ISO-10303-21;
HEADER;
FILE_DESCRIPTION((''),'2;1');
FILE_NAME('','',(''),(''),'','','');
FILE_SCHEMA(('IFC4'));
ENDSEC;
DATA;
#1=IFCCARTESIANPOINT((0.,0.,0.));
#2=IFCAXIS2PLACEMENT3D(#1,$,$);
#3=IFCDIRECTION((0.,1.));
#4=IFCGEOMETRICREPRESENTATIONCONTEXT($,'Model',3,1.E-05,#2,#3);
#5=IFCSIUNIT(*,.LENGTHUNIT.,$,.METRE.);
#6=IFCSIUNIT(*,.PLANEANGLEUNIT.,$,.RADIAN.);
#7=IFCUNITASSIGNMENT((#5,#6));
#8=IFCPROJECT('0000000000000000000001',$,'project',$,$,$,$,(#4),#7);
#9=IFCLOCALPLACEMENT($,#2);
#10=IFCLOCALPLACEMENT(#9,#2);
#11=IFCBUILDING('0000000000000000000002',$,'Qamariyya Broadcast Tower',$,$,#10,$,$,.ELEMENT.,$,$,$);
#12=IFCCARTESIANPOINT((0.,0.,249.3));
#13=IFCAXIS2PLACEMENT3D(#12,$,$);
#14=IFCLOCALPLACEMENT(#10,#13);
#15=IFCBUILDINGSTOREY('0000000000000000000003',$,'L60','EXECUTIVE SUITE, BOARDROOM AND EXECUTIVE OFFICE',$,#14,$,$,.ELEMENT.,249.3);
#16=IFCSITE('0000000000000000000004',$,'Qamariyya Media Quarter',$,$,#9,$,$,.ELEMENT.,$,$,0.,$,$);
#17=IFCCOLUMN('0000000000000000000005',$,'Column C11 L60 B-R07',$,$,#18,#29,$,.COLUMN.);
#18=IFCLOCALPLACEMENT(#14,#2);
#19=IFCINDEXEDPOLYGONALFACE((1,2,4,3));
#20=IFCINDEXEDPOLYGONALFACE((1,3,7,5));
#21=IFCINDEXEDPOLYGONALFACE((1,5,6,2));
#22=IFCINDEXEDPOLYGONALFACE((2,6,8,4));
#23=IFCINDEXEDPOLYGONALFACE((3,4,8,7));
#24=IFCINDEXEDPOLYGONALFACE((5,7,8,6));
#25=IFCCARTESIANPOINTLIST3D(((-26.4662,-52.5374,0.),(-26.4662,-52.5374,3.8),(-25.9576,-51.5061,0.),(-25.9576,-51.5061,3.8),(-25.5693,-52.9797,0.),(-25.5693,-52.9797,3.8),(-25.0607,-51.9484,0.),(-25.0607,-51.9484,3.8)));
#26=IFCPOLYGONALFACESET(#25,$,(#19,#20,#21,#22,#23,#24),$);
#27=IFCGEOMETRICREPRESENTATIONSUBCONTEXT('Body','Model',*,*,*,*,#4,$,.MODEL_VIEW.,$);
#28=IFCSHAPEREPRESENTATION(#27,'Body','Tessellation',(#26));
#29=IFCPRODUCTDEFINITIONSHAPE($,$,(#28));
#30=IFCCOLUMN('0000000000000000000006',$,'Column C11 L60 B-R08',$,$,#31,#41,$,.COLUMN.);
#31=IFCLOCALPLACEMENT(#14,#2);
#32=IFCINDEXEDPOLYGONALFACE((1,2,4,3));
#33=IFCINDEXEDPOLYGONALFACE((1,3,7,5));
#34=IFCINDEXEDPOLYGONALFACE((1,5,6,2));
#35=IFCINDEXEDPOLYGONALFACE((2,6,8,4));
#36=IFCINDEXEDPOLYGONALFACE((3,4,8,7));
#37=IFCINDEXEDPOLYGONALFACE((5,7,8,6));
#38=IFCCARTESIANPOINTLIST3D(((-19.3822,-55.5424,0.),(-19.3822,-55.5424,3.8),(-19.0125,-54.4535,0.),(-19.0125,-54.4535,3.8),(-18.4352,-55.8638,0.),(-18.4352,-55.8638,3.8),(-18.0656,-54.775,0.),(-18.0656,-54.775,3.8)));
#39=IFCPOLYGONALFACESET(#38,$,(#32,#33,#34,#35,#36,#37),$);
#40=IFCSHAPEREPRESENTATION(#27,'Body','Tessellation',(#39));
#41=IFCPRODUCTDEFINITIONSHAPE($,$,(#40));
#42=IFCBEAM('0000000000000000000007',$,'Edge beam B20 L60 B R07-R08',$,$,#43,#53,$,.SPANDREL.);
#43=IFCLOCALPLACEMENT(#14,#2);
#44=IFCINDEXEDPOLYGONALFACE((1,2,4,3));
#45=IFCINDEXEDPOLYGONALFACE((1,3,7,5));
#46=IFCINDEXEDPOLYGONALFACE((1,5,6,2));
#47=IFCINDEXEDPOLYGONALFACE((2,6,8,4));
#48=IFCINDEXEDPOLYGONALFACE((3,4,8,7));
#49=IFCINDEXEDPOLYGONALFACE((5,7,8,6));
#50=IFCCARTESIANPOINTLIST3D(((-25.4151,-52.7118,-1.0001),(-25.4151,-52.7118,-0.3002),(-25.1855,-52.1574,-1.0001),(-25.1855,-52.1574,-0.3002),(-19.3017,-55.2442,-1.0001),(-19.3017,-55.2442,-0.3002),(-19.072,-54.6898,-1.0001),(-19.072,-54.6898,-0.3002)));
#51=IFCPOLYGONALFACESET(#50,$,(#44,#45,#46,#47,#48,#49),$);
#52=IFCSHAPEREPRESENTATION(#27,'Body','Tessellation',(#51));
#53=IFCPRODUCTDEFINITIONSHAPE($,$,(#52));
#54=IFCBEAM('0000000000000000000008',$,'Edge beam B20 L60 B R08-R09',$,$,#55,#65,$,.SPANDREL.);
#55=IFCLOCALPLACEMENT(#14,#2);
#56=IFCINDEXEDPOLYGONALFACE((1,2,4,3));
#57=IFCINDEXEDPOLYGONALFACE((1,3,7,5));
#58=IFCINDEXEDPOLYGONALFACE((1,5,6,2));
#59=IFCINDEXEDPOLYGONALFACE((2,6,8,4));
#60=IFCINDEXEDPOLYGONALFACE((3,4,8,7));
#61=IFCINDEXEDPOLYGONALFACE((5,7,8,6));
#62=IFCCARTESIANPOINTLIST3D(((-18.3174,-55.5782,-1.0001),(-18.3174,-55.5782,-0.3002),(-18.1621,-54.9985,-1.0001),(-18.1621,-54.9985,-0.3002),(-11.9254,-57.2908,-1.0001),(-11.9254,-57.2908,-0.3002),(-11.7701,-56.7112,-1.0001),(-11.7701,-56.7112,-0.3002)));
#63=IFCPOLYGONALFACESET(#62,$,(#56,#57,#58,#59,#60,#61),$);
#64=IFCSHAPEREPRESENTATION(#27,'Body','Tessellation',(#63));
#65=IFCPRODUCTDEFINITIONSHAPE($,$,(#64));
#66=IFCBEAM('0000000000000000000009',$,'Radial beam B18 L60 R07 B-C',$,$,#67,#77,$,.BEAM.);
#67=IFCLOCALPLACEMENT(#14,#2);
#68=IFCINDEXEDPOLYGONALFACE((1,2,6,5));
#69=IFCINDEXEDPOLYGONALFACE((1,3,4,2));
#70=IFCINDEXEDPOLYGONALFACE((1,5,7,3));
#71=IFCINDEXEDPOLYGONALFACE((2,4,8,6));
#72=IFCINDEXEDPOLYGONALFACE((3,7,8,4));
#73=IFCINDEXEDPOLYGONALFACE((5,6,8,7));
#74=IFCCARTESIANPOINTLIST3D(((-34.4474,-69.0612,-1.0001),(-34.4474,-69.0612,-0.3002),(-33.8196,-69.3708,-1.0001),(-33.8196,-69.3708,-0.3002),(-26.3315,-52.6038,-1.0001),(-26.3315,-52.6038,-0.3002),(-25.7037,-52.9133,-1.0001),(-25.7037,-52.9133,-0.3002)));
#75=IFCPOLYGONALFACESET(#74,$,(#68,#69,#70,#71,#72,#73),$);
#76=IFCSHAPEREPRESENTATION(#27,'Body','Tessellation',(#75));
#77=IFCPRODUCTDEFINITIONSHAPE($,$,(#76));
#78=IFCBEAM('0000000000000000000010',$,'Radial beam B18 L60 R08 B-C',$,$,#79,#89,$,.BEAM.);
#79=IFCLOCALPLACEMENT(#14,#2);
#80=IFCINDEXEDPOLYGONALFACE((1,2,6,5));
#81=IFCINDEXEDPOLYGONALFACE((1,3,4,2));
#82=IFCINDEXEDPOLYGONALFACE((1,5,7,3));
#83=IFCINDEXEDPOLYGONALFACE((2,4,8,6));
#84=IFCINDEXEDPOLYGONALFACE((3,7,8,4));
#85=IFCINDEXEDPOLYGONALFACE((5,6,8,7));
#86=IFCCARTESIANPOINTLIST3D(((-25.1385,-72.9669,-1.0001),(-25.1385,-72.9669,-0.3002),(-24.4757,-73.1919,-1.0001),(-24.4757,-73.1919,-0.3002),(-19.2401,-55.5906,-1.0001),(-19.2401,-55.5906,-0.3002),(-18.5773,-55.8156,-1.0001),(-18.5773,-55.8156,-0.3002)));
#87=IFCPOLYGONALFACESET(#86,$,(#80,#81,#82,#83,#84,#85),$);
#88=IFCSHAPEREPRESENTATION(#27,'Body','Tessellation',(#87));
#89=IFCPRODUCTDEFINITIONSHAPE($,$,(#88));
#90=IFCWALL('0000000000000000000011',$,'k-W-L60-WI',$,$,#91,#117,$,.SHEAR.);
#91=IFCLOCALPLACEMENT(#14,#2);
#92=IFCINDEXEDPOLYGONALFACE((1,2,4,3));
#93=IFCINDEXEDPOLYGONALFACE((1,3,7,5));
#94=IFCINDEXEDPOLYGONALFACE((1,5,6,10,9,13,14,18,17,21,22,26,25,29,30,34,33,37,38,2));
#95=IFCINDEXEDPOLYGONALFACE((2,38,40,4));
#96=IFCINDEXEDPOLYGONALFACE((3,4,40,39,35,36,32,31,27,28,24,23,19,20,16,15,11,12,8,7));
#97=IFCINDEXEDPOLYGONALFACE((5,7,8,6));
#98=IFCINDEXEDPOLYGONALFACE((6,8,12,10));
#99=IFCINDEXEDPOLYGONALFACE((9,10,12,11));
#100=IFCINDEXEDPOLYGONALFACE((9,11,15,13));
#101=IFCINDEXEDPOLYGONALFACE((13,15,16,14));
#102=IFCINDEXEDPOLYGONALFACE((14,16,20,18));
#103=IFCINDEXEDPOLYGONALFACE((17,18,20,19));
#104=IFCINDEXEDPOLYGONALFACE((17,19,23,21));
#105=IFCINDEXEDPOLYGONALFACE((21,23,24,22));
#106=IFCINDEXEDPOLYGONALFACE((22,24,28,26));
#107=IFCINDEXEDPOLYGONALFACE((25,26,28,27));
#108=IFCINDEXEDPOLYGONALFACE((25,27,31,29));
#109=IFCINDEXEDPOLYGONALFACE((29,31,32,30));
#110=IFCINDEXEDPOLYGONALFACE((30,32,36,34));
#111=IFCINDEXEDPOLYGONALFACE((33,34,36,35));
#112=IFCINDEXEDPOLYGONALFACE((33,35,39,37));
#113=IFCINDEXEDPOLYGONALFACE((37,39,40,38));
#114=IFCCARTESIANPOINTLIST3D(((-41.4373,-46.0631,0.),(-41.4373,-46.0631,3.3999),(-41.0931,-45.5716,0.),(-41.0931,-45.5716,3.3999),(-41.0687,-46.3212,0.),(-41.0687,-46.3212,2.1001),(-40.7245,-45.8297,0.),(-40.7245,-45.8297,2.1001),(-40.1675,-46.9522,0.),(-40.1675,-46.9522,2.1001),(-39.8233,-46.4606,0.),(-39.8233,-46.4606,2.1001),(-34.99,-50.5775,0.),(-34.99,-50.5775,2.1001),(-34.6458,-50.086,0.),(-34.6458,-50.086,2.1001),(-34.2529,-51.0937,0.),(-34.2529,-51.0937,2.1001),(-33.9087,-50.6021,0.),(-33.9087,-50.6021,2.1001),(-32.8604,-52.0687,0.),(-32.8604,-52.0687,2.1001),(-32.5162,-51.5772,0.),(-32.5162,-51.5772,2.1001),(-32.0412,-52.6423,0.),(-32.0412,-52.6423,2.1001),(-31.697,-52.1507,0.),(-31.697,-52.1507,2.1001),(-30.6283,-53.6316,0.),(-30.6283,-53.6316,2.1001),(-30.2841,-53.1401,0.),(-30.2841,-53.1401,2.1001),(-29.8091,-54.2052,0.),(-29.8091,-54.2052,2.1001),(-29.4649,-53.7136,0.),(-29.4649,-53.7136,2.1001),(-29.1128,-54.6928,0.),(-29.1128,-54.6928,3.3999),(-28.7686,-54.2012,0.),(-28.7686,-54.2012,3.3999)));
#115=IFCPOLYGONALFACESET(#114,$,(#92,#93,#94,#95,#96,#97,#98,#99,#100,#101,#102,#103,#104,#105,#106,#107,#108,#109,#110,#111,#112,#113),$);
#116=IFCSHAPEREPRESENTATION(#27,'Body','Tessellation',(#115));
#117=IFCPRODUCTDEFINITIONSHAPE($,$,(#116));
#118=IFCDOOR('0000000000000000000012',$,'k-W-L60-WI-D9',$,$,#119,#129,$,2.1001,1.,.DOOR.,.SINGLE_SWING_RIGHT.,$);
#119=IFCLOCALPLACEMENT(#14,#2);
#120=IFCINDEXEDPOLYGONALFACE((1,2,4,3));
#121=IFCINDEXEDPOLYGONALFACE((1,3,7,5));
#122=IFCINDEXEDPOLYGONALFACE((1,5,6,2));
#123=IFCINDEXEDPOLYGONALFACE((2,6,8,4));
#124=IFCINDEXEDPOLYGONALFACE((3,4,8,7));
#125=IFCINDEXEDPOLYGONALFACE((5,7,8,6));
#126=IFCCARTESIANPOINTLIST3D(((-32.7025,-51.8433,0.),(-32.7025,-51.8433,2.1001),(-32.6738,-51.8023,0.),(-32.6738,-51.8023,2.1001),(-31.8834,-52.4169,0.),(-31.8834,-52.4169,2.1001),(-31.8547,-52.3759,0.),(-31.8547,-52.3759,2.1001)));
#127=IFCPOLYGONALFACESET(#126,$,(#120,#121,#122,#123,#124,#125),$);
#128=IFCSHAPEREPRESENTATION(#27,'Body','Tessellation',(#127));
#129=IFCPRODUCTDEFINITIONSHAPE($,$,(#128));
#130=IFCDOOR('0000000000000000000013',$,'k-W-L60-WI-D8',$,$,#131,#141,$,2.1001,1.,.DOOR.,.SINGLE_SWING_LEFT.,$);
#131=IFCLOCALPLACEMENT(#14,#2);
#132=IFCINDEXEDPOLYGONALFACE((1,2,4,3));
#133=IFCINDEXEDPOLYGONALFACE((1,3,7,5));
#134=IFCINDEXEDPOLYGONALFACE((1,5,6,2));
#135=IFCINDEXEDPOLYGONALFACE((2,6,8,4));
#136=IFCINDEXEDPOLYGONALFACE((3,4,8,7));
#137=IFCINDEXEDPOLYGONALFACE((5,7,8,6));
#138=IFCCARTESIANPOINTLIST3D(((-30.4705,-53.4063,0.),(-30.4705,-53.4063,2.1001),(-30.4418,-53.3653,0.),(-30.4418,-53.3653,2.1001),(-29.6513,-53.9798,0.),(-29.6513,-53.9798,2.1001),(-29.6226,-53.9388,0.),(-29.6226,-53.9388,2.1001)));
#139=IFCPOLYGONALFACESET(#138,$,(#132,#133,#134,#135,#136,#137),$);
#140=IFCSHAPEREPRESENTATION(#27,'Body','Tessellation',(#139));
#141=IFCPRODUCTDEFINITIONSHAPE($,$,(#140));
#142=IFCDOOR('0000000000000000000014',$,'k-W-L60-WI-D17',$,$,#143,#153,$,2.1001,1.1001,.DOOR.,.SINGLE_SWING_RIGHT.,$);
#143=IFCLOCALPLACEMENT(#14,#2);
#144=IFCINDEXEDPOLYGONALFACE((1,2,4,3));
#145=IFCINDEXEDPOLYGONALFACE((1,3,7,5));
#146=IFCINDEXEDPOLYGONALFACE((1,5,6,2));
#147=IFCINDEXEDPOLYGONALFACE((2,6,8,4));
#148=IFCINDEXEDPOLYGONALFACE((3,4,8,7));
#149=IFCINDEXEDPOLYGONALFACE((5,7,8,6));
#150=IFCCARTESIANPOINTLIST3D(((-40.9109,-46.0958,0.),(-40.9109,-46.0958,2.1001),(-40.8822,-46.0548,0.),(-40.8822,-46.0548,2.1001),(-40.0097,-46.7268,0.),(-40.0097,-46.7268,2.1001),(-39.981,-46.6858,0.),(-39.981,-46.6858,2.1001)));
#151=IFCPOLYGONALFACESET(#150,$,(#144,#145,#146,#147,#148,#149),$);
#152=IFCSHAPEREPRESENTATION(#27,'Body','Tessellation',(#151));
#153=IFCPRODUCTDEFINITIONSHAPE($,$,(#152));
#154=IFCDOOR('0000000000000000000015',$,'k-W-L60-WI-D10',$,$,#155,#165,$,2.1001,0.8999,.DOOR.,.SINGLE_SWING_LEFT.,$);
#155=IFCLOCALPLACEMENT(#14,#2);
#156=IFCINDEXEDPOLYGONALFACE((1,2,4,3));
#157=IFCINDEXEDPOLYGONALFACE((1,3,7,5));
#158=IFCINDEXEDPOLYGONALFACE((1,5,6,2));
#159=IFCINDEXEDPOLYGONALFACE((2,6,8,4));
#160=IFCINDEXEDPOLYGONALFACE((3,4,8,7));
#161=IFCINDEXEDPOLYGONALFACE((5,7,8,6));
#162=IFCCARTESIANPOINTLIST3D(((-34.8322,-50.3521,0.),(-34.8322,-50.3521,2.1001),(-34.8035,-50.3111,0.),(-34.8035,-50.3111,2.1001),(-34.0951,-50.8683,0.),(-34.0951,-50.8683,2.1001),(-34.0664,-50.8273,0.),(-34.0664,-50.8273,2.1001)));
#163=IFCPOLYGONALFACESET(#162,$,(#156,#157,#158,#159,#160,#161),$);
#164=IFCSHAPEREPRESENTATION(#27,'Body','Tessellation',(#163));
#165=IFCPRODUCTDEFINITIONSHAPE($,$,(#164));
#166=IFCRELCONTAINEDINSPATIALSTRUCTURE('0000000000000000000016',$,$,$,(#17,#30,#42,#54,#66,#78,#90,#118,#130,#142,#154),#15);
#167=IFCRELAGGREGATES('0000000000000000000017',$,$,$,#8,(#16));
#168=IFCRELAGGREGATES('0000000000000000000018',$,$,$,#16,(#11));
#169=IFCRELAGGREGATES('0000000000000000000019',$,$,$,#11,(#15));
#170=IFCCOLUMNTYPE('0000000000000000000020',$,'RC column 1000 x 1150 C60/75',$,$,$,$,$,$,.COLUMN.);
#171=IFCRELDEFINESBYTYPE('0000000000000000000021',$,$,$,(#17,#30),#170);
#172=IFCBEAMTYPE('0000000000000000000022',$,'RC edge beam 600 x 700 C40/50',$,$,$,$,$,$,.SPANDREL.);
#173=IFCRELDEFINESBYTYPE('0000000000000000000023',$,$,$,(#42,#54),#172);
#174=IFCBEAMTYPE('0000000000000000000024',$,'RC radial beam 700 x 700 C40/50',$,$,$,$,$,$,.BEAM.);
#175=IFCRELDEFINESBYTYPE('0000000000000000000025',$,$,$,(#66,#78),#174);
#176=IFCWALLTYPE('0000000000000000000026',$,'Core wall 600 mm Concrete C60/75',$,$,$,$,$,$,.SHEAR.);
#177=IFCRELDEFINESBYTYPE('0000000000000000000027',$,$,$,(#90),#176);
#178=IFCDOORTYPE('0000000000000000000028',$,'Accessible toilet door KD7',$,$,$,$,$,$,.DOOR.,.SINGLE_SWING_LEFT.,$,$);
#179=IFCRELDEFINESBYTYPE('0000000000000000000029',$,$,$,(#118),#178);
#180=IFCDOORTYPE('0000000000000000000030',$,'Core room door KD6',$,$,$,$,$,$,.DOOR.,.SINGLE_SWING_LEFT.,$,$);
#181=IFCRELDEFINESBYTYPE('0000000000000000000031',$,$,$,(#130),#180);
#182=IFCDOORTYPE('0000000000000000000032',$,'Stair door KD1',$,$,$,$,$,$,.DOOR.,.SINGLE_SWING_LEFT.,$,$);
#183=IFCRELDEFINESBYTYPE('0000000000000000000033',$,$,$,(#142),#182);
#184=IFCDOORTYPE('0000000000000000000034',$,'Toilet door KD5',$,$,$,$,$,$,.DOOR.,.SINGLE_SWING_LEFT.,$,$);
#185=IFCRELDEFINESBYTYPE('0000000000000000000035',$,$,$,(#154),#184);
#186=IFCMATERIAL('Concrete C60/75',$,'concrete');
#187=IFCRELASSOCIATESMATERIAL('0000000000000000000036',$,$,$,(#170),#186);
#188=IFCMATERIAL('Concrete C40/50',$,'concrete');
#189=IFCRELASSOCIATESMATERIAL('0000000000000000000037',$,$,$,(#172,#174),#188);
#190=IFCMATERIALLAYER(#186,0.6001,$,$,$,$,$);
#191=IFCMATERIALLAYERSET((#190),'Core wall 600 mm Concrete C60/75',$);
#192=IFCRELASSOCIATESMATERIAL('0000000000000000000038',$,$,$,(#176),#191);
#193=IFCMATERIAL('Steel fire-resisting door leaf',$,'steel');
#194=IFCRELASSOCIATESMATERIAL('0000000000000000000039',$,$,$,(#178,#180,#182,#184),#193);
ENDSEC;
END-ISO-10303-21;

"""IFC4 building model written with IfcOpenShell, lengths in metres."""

from ifc_helpers import new_model, si_unit, direction, frame, frame_2d, origin, origin_2d, place, context, subcontext, project, spatial, rectangle, extrude, material, layer, layer_set, material_profile, profile_set, type_object, element, fill, save


model = new_model("IFC4")

# Units and contexts
model_context = context("Model", 3, precision=1e-05, world=origin(), true_north=direction((0.0, 1.0)))
body_context = subcontext(model_context, "Body", "Model", "MODEL_VIEW")
ifc_project = project(units=[si_unit("LENGTHUNIT", "METRE"), si_unit("PLANEANGLEUNIT", "RADIAN")], contexts=[model_context])

# Site, building, storey
site_placement = place(None, origin())
site = spatial("IfcSite", under=ifc_project, at=site_placement, Name="Qamariyya Media Quarter", CompositionType="ELEMENT", RefElevation=0.0)
building_placement = place(site_placement, origin())
building = spatial("IfcBuilding", under=site, at=building_placement, Name="Qamariyya Broadcast Tower", CompositionType="ELEMENT")
storey_placement = place(building_placement, frame((0.0, 0.0, 249.3)))
storey = spatial("IfcBuildingStorey", under=building, at=storey_placement, Name="L60", Description="EXECUTIVE SUITE, BOARDROOM AND EXECUTIVE OFFICE", CompositionType="ELEMENT", Elevation=249.3)

# Columns
ifc_material_1 = material(Name="Concrete C60/75", Category="concrete")
ifc_material_profile_1 = material_profile(ifc_material_1, rectangle(XDim=1.0, YDim=1.1499, at=origin_2d()))
ifc_profile_set_1 = profile_set([ifc_material_profile_1], Name="Concrete C60/75")
column_type = type_object("IfcColumnType", Name="RC column 1000 x 1150 C60/75", PredefinedType="COLUMN", material=ifc_profile_set_1)
for number, where, z_axis, x_axis, name in (
    (1, (-25.7634, -52.2429, 0.0), (0.0, 0.0, 1.0), (0.896873, -0.442289, 0.0), "Column C11 L60 B-R07"),
    (2, (-18.7239, -55.1587, 0.0), (0.0, 0.0, 1.0), (0.94693, -0.321439, 0.0), "Column C11 L60 B-R08"),
):
    element("IfcColumn", number, at=place(storey_placement, frame(where, z_axis=z_axis, x_axis=x_axis)), inside=storey, type_object=column_type, Name=name, PredefinedType="COLUMN", context=body_context, shape_type="SweptSolid", body=[
        extrude(rectangle(XDim=1.0, YDim=1.1499, at=origin_2d()), origin(), (0.0, 0.0, 1.0), 3.8),
    ])

# Beams
ifc_material_2 = material(Name="Concrete C40/50", Category="concrete")
ifc_material_profile_2 = material_profile(ifc_material_2, rectangle(XDim=0.6001, YDim=0.7, at=origin_2d()))
ifc_profile_set_2 = profile_set([ifc_material_profile_2], Name="Concrete C40/50")
beam_type_1 = type_object("IfcBeamType", Name="RC edge beam 600 x 700 C40/50", PredefinedType="SPANDREL", material=ifc_profile_set_2)
beam_1_placement = place(storey_placement, frame((-25.3003, -52.4346, -0.6501), z_axis=(0.923871, -0.382705, 0.0), x_axis=(0.382705, 0.923871, 0.0)))
element("IfcBeam", 3, at=beam_1_placement, inside=storey, type_object=beam_type_1, Name="Edge beam B20 L60 B R07-R08", PredefinedType="SPANDREL", context=body_context, shape_type="SweptSolid", body=[
    extrude(rectangle(XDim=0.6001, YDim=0.7, at=origin_2d()), origin(), (0.0, 0.0, 1.0), 6.6172),
])
beam_2_placement = place(storey_placement, frame((-18.2397, -55.2883, -0.6501), z_axis=(0.965927, -0.258813, 0.0), x_axis=(0.258813, 0.965927, 0.0)))
element("IfcBeam", 4, at=beam_2_placement, inside=storey, type_object=beam_type_1, Name="Edge beam B20 L60 B R08-R09", PredefinedType="SPANDREL", context=body_context, shape_type="SweptSolid", body=[
    extrude(rectangle(XDim=0.6001, YDim=0.7, at=origin_2d()), origin(), (0.0, 0.0, 1.0), 6.6174),
])
ifc_material_profile_3 = material_profile(ifc_material_2, rectangle(XDim=0.7, YDim=0.7, at=origin_2d()))
ifc_profile_set_3 = profile_set([ifc_material_profile_3], Name="Concrete C40/50")
beam_type_2 = type_object("IfcBeamType", Name="RC radial beam 700 x 700 C40/50", PredefinedType="BEAM", material=ifc_profile_set_3)
beam_3_placement = place(storey_placement, frame((-26.0176, -52.7585, -0.6501), z_axis=(-0.442289, -0.896872, 0.0), x_axis=(0.896872, -0.442289, 0.0)))
element("IfcBeam", 5, at=beam_3_placement, inside=storey, type_object=beam_type_2, Name="Radial beam B18 L60 R07 B-C", PredefinedType="BEAM", context=body_context, shape_type="SweptSolid", body=[
    extrude(rectangle(XDim=0.7, YDim=0.7, at=origin_2d()), origin(), (0.0, 0.0, 1.0), 18.3499),
])
beam_4_placement = place(storey_placement, frame((-18.9087, -55.7031, -0.6501), z_axis=(-0.32144, -0.94693, 0.0), x_axis=(0.94693, -0.32144, 0.0)))
element("IfcBeam", 6, at=beam_4_placement, inside=storey, type_object=beam_type_2, Name="Radial beam B18 L60 R08 B-C", PredefinedType="BEAM", context=body_context, shape_type="SweptSolid", body=[
    extrude(rectangle(XDim=0.7, YDim=0.7, at=origin_2d()), origin(), (0.0, 0.0, 1.0), 18.3501),
])

# Wall, openings, doors
ifc_layer_1 = layer(ifc_material_1, 0.6001)
ifc_layer_set_1 = layer_set([ifc_layer_1], Name="Core wall 600 mm Concrete C60/75")
wall_type_1 = type_object("IfcWallType", Name="Core wall 600 mm Concrete C60/75", PredefinedType="SHEAR", material=ifc_layer_set_1)
wall_1_placement = place(storey_placement, frame((-28.9407, -54.447, 0.0), z_axis=(0.0, 0.0, 1.0), x_axis=(-0.819153, 0.573575, 0.0)))
wall_1 = element("IfcWall", 7, at=wall_1_placement, inside=storey, type_object=wall_type_1, Name="k-W-L60-WI", PredefinedType="SHEAR", context=body_context, shape_type="SweptSolid", body=[
    extrude(rectangle(XDim=15.0454, YDim=0.6001, at=frame_2d((7.5227, 0.0))), origin(), (0.0, 0.0, 1.0), 3.3999),
])
opening_1_placement = place(wall_1_placement, frame((0.8501, 0.0, 0.0)))
opening_1 = element("IfcOpeningElement", 8, at=opening_1_placement, cuts=wall_1, PredefinedType="OPENING", context=body_context, shape_type="SweptSolid", body=[
    extrude(rectangle(XDim=1.0, YDim=2.1001, at=frame_2d((0.5, 1.05))), frame((0.0, 0.3101, 0.0), z_axis=(0.0, -1.0, 0.0), x_axis=(1.0, 0.0, 0.0)), (0.0, 0.0, 1.0), 0.6201),
])
opening_2_placement = place(wall_1_placement, frame((3.575, 0.0, 0.0)))
opening_2 = element("IfcOpeningElement", 9, at=opening_2_placement, cuts=wall_1, PredefinedType="OPENING", context=body_context, shape_type="SweptSolid", body=[
    extrude(rectangle(XDim=1.0, YDim=2.1001, at=frame_2d((0.5, 1.05))), frame((0.0, 0.3101, 0.0), z_axis=(0.0, -1.0, 0.0), x_axis=(1.0, 0.0, 0.0)), (0.0, 0.0, 1.0), 0.6201),
])
opening_3_placement = place(wall_1_placement, frame((6.2749, 0.0, 0.0)))
opening_3 = element("IfcOpeningElement", 10, at=opening_3_placement, cuts=wall_1, PredefinedType="OPENING", context=body_context, shape_type="SweptSolid", body=[
    extrude(rectangle(XDim=0.8999, YDim=2.1001, at=frame_2d((0.45, 1.05))), frame((0.0, 0.3101, 0.0), z_axis=(0.0, -1.0, 0.0), x_axis=(1.0, 0.0, 0.0)), (0.0, 0.0, 1.0), 0.6201),
])
opening_4_placement = place(wall_1_placement, frame((13.4954, 0.0, 0.0)))
opening_4 = element("IfcOpeningElement", 11, at=opening_4_placement, cuts=wall_1, PredefinedType="OPENING", context=body_context, shape_type="SweptSolid", body=[
    extrude(rectangle(XDim=1.1001, YDim=2.1001, at=frame_2d((0.55, 1.05))), frame((0.0, 0.3101, 0.0), z_axis=(0.0, -1.0, 0.0), x_axis=(1.0, 0.0, 0.0)), (0.0, 0.0, 1.0), 0.6201),
])
ifc_material_3 = material(Name="Steel fire-resisting door leaf", Category="steel")
door_type_1 = type_object("IfcDoorType", Name="Accessible toilet door KD7", OperationType="SINGLE_SWING_LEFT", PredefinedType="DOOR", material=ifc_material_3)
door_1_placement = place(opening_2_placement, origin())
door_1 = element("IfcDoor", 12, at=door_1_placement, inside=storey, type_object=door_type_1, Name="k-W-L60-WI-D9", OperationType="SINGLE_SWING_RIGHT", OverallHeight=2.1001, OverallWidth=1.0, PredefinedType="DOOR", context=body_context, shape_type="SweptSolid", body=[
    extrude(rectangle(XDim=1.0, YDim=2.1001, at=frame_2d((0.5, 1.05))), frame((0.0, 0.0249, 0.0), z_axis=(0.0, -1.0, 0.0), x_axis=(1.0, 0.0, 0.0)), (0.0, 0.0, 1.0), 0.05),
])
fill(opening_2, door_1)
door_type_2 = type_object("IfcDoorType", Name="Core room door KD6", OperationType="SINGLE_SWING_LEFT", PredefinedType="DOOR", material=ifc_material_3)
door_2_placement = place(opening_1_placement, origin())
door_2 = element("IfcDoor", 13, at=door_2_placement, inside=storey, type_object=door_type_2, Name="k-W-L60-WI-D8", OperationType="SINGLE_SWING_LEFT", OverallHeight=2.1001, OverallWidth=1.0, PredefinedType="DOOR", context=body_context, shape_type="SweptSolid", body=[
    extrude(rectangle(XDim=1.0, YDim=2.1001, at=frame_2d((0.5, 1.05))), frame((0.0, 0.0249, 0.0), z_axis=(0.0, -1.0, 0.0), x_axis=(1.0, 0.0, 0.0)), (0.0, 0.0, 1.0), 0.05),
])
fill(opening_1, door_2)
door_type_3 = type_object("IfcDoorType", Name="Stair door KD1", OperationType="SINGLE_SWING_LEFT", PredefinedType="DOOR", material=ifc_material_3)
door_3_placement = place(opening_4_placement, origin())
door_3 = element("IfcDoor", 14, at=door_3_placement, inside=storey, type_object=door_type_3, Name="k-W-L60-WI-D17", OperationType="SINGLE_SWING_RIGHT", OverallHeight=2.1001, OverallWidth=1.1001, PredefinedType="DOOR", context=body_context, shape_type="SweptSolid", body=[
    extrude(rectangle(XDim=1.1001, YDim=2.1001, at=frame_2d((0.55, 1.05))), frame((0.0, 0.0249, 0.0), z_axis=(0.0, -1.0, 0.0), x_axis=(1.0, 0.0, 0.0)), (0.0, 0.0, 1.0), 0.05),
])
fill(opening_4, door_3)
door_type_4 = type_object("IfcDoorType", Name="Toilet door KD5", OperationType="SINGLE_SWING_LEFT", PredefinedType="DOOR", material=ifc_material_3)
door_4_placement = place(opening_3_placement, origin())
door_4 = element("IfcDoor", 15, at=door_4_placement, inside=storey, type_object=door_type_4, Name="k-W-L60-WI-D10", OperationType="SINGLE_SWING_LEFT", OverallHeight=2.1001, OverallWidth=0.8999, PredefinedType="DOOR", context=body_context, shape_type="SweptSolid", body=[
    extrude(rectangle(XDim=0.8999, YDim=2.1001, at=frame_2d((0.45, 1.05))), frame((0.0, 0.0249, 0.0), z_axis=(0.0, -1.0, 0.0), x_axis=(1.0, 0.0, 0.0)), (0.0, 0.0, 1.0), 0.05),
])
fill(opening_3, door_4)

save(model, "model.ifc")
